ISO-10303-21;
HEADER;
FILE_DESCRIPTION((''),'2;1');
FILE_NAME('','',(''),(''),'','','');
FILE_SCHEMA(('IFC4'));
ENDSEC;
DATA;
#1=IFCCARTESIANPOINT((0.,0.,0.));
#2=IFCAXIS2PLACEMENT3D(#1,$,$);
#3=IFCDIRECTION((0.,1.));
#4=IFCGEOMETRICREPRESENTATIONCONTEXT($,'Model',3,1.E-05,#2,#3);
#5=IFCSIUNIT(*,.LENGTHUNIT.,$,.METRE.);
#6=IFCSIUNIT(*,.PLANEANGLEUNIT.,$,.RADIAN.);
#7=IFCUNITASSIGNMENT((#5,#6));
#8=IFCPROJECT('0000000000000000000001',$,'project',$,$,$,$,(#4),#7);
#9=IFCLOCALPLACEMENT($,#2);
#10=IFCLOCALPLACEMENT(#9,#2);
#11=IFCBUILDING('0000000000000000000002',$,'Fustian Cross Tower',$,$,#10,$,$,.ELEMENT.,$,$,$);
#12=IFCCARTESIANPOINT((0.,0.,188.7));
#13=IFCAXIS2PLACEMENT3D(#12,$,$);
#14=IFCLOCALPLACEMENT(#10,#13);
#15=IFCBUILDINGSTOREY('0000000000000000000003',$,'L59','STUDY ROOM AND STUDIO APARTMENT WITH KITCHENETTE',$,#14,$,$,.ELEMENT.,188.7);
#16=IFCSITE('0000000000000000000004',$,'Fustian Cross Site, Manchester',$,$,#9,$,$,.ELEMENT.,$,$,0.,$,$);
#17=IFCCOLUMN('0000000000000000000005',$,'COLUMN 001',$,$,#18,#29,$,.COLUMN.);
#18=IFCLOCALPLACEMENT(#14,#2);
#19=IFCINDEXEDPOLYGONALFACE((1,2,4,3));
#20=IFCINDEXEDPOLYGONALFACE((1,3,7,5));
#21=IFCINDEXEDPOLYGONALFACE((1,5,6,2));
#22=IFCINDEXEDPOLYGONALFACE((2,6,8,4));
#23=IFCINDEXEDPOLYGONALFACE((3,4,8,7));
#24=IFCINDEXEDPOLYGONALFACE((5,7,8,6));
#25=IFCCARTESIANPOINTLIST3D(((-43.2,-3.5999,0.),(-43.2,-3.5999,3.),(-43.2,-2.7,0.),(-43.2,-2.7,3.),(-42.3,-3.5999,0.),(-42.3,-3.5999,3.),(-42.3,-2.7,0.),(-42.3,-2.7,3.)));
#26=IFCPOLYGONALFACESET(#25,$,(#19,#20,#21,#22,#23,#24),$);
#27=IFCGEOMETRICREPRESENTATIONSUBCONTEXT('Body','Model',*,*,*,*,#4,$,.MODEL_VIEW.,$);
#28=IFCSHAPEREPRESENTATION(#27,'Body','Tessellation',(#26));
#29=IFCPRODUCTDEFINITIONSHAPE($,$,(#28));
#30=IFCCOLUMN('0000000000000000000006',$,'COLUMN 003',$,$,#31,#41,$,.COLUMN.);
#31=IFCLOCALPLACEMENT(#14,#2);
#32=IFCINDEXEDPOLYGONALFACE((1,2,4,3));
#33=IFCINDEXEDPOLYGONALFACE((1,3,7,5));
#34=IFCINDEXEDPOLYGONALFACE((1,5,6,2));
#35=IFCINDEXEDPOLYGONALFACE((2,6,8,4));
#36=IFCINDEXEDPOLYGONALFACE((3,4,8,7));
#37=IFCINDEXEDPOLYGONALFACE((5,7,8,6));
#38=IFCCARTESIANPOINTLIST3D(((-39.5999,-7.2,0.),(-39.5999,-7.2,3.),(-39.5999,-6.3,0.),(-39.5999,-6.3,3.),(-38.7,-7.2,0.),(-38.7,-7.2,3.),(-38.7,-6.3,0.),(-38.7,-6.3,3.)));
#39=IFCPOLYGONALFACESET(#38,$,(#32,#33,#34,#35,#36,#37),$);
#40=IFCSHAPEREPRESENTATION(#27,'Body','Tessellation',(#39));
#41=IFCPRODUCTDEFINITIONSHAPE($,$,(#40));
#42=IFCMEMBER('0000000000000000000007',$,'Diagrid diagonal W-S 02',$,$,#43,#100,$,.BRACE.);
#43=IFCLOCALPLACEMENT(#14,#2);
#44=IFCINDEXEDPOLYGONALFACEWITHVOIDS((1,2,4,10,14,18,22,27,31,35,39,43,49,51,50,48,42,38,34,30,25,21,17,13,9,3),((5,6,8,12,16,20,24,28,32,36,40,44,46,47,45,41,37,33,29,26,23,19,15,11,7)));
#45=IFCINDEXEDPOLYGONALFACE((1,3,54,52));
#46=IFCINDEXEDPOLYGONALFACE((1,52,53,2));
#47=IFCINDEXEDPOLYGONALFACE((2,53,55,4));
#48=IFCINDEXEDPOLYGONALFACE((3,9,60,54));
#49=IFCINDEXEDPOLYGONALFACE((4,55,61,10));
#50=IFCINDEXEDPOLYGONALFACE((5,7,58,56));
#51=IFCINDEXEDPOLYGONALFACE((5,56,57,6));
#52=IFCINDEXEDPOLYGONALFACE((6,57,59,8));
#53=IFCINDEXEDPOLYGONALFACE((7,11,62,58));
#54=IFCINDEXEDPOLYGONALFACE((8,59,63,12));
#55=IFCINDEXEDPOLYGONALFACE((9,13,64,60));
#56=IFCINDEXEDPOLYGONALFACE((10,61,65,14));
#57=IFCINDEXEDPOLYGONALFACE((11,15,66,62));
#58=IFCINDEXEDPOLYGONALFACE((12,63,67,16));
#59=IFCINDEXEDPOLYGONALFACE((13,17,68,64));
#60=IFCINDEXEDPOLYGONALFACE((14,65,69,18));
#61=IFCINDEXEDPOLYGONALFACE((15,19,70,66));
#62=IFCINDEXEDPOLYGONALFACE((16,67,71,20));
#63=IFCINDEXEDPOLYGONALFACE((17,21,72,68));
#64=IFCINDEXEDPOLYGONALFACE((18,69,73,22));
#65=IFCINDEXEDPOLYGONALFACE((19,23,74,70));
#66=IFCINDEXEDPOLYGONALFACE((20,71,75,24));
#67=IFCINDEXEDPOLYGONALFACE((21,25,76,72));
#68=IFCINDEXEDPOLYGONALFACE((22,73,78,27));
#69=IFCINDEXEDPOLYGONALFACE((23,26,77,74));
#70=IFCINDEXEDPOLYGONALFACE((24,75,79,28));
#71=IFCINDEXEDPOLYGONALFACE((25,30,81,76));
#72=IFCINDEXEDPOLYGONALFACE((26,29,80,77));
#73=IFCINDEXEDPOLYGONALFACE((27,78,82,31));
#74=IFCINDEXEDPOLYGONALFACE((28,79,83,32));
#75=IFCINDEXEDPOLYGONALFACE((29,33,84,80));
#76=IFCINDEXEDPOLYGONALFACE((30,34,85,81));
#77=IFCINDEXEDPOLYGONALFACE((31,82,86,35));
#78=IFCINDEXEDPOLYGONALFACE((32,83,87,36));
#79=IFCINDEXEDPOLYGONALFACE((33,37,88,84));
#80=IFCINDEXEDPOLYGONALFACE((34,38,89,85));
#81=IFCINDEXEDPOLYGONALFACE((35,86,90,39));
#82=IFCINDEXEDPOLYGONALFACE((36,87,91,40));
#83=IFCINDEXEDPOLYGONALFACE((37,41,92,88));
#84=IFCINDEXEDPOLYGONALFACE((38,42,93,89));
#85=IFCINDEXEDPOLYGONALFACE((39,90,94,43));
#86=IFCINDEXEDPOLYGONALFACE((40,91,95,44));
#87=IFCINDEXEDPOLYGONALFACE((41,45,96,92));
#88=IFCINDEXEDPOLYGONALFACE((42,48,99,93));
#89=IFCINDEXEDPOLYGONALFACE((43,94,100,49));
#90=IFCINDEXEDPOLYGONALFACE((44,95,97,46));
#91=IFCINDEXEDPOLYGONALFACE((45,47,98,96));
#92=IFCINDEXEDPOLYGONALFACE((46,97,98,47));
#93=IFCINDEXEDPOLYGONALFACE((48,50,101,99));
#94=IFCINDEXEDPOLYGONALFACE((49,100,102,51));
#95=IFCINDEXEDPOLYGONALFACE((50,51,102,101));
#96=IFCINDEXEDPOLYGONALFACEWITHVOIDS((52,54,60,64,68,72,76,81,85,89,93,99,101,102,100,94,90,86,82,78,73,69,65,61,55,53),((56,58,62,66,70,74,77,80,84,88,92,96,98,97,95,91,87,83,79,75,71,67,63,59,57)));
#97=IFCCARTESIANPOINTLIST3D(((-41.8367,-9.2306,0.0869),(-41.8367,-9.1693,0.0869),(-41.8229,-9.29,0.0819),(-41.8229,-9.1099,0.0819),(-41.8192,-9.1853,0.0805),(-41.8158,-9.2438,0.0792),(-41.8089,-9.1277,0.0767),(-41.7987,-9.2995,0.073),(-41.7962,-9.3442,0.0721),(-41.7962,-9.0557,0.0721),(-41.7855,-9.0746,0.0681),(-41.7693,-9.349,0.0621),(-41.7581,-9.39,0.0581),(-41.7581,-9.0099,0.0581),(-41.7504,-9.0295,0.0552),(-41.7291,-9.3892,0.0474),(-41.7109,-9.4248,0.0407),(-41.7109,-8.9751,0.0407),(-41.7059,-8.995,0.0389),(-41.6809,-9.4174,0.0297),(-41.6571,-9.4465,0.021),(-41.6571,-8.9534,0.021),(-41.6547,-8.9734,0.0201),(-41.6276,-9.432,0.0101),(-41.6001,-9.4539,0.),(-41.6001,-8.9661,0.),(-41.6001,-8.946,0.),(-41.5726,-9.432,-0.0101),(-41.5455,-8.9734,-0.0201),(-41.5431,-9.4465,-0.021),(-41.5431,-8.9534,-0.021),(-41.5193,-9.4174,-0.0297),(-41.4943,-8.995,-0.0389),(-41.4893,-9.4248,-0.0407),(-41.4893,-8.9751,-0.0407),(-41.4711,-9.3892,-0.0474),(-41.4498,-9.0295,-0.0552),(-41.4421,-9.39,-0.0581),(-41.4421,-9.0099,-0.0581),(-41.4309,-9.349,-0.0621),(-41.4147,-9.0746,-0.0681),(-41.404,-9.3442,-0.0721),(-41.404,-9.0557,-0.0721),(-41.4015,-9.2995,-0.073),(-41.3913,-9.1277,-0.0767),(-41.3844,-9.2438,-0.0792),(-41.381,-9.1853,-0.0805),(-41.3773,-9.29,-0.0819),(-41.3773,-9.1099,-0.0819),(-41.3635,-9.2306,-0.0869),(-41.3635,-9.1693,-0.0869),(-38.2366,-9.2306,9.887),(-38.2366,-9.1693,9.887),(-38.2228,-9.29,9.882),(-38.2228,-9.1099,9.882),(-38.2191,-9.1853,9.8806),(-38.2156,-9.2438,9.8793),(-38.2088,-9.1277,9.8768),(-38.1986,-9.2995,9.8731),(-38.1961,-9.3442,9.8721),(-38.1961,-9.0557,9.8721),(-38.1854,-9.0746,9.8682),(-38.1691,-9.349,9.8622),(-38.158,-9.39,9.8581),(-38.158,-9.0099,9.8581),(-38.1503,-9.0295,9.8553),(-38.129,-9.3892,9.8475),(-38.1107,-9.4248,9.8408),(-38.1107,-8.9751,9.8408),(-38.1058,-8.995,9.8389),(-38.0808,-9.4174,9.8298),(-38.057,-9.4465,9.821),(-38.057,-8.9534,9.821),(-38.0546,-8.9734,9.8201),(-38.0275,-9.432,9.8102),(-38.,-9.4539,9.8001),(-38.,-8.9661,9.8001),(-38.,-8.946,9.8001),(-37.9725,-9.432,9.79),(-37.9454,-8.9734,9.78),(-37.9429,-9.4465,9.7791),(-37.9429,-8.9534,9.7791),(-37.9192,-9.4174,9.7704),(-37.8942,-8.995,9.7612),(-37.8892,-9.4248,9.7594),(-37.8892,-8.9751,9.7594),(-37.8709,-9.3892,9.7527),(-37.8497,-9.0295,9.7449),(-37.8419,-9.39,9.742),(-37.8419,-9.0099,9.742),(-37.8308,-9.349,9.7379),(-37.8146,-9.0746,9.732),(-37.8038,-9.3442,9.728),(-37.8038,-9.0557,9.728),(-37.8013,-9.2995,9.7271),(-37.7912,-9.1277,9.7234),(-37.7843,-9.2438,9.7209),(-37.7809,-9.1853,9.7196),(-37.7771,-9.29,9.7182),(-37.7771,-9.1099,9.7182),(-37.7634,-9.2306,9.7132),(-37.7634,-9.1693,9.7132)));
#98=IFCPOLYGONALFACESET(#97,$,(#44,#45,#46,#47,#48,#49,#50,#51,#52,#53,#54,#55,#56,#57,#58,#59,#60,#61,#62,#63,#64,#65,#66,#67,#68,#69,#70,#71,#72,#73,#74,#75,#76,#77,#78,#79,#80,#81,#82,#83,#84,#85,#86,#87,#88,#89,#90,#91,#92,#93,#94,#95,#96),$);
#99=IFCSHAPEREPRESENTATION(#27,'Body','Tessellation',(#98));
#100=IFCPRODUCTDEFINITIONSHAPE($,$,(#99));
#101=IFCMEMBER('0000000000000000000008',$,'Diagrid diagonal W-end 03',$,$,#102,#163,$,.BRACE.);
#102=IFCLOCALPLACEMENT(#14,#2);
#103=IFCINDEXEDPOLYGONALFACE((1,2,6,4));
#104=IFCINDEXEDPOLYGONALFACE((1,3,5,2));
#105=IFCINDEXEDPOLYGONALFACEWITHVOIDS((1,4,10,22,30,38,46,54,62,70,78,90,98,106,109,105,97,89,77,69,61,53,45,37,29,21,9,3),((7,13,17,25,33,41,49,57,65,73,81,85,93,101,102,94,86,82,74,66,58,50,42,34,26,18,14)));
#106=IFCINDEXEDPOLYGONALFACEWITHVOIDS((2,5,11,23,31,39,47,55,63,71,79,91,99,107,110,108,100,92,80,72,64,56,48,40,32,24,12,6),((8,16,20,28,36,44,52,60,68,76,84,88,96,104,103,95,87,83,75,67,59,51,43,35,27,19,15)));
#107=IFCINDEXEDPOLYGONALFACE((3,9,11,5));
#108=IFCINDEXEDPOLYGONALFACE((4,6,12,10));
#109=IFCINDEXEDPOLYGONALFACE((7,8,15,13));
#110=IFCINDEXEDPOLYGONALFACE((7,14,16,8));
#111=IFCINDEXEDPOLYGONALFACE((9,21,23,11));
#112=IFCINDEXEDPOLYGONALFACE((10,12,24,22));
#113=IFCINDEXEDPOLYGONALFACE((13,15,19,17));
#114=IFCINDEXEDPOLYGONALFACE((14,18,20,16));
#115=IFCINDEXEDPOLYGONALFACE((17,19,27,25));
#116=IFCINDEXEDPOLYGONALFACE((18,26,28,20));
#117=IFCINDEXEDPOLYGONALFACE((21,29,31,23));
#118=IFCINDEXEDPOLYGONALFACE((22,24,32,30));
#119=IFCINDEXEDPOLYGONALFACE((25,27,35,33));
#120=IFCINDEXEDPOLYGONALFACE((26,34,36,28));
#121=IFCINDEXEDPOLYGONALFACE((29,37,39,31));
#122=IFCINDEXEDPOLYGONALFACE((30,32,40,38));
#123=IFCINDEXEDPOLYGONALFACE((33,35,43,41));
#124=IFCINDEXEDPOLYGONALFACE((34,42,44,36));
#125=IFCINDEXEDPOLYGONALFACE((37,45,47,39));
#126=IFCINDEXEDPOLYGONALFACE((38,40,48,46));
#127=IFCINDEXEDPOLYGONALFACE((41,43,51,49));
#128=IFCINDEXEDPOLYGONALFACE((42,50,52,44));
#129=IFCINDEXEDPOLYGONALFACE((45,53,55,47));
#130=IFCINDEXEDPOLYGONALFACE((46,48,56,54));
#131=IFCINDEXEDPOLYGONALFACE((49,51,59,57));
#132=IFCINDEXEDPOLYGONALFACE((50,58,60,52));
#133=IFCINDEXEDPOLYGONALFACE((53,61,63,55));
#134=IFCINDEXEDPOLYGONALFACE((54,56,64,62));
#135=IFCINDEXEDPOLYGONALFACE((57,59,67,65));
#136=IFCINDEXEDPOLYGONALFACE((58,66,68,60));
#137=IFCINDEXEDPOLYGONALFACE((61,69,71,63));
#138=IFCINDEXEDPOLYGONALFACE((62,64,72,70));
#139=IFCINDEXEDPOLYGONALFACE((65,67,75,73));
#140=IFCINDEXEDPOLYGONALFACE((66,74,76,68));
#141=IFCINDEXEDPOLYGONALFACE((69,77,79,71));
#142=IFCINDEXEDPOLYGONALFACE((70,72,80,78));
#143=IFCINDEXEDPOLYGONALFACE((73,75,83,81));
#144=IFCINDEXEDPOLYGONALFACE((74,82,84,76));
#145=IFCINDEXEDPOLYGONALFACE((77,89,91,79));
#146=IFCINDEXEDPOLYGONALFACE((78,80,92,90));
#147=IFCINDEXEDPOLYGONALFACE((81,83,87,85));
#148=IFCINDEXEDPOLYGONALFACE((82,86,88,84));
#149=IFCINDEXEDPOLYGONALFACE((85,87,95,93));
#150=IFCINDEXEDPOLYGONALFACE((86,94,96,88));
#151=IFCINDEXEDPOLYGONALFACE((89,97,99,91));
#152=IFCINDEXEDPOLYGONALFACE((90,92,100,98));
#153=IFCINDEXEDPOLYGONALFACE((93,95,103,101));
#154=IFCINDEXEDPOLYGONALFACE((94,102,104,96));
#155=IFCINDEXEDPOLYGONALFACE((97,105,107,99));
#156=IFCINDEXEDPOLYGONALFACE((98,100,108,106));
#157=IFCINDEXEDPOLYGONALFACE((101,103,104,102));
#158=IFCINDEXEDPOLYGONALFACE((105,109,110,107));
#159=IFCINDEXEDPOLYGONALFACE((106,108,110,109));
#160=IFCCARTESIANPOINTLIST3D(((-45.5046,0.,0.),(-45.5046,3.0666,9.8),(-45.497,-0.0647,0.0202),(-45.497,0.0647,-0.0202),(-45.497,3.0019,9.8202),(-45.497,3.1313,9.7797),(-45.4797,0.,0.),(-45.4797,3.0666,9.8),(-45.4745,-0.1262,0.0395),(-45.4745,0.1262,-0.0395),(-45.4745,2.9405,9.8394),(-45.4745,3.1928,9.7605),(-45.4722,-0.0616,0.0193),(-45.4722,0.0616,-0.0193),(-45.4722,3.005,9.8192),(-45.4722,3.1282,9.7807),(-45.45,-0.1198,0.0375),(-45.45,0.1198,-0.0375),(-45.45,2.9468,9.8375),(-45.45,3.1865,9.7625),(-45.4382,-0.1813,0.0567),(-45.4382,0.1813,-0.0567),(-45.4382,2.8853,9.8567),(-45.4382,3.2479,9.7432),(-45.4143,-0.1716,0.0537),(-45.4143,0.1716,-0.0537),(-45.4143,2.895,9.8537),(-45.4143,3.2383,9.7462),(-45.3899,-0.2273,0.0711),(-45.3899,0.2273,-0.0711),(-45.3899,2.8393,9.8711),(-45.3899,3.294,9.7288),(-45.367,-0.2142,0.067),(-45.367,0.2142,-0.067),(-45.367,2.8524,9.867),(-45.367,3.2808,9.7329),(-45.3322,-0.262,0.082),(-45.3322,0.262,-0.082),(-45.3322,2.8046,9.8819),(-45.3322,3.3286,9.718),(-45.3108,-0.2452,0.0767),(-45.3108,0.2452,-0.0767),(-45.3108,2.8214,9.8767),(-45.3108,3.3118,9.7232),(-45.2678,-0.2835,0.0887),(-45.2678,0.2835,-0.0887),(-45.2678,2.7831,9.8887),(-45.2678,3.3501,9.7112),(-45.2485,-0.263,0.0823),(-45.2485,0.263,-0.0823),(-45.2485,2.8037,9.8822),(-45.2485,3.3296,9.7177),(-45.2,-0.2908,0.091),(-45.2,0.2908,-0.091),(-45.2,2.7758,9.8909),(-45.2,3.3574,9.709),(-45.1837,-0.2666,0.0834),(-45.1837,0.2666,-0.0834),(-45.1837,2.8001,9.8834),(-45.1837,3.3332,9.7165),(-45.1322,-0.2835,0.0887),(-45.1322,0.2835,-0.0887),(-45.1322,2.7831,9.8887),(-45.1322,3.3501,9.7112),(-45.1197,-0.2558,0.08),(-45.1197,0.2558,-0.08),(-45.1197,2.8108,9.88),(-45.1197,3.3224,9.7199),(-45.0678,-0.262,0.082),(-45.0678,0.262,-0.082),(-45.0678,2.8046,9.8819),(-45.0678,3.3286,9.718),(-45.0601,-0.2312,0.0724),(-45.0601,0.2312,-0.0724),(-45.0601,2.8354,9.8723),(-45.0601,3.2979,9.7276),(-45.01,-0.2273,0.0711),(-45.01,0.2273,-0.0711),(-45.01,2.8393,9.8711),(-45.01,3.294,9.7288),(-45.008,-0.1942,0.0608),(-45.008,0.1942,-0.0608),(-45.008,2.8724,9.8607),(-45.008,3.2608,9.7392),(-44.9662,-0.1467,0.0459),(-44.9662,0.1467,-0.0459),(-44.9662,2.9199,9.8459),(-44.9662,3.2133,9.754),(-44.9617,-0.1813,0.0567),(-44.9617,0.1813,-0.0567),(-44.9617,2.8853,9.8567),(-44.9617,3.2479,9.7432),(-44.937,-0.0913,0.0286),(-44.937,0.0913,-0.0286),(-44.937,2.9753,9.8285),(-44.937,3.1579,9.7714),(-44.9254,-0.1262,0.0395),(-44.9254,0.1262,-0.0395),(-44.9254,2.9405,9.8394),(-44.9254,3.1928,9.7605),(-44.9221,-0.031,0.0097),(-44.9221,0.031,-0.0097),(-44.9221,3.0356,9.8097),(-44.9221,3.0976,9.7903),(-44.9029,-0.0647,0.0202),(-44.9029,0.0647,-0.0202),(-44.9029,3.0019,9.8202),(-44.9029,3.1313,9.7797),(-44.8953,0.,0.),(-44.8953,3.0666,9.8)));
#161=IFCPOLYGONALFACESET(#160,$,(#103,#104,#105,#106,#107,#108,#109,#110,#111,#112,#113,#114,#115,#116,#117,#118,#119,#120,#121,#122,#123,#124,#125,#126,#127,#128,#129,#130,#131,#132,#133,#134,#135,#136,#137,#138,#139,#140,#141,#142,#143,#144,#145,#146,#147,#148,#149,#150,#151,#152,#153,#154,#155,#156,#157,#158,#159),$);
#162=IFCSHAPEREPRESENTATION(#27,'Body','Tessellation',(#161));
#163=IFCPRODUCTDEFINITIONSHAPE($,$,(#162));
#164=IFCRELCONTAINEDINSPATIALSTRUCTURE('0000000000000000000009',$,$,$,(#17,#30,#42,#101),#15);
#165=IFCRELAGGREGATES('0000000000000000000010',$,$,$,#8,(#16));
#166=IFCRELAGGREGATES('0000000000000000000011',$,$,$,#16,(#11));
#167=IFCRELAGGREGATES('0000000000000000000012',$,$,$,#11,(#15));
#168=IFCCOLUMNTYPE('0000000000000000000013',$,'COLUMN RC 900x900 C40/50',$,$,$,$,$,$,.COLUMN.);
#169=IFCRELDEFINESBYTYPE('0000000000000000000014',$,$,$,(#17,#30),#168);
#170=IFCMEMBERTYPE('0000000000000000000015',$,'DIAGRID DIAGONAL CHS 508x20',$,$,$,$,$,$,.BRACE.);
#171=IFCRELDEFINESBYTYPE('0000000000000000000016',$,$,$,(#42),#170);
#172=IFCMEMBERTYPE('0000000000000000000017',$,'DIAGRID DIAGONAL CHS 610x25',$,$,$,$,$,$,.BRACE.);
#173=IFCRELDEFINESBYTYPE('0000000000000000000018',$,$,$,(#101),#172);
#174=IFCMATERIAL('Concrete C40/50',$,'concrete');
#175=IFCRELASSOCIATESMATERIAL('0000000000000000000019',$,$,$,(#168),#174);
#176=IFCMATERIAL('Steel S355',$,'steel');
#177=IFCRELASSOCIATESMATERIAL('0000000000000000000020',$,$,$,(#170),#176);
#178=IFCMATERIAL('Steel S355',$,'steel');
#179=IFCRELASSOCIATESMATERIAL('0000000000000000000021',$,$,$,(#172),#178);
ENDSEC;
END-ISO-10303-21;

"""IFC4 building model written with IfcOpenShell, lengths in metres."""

from ifc_helpers import new_model, si_unit, direction, frame, origin, origin_2d, place, context, subcontext, project, spatial, rectangle, hollow_circle, extrude, material, material_profile, profile_set, type_object, element, save


model = new_model("IFC4")

# Units and contexts
model_context = context("Model", 3, precision=1e-05, world=origin(), true_north=direction((0.0, 1.0)))
body_context = subcontext(model_context, "Body", "Model", "MODEL_VIEW")
ifc_project = project(units=[si_unit("LENGTHUNIT", "METRE"), si_unit("PLANEANGLEUNIT", "RADIAN")], contexts=[model_context])

# Site, building, storey
site_placement = place(None, origin())
site = spatial("IfcSite", under=ifc_project, at=site_placement, Name="Fustian Cross Site, Manchester", CompositionType="ELEMENT", RefElevation=0.0)
building_placement = place(site_placement, origin())
building = spatial("IfcBuilding", under=site, at=building_placement, Name="Fustian Cross Tower", CompositionType="ELEMENT")
storey_placement = place(building_placement, frame((0.0, 0.0, 188.7)))
storey = spatial("IfcBuildingStorey", under=building, at=storey_placement, Name="L59", Description="STUDY ROOM AND STUDIO APARTMENT WITH KITCHENETTE", CompositionType="ELEMENT", Elevation=188.7)

# Columns
ifc_material_1 = material(Name="Concrete C40/50", Category="concrete")
ifc_material_profile_1 = material_profile(ifc_material_1, rectangle(XDim=0.8999, YDim=0.8999, at=origin_2d()), Name="RC 900x900")
ifc_profile_set_1 = profile_set([ifc_material_profile_1], Name="Concrete C40/50")
column_type = type_object("IfcColumnType", Name="COLUMN RC 900x900 C40/50", PredefinedType="COLUMN", material=ifc_profile_set_1)
for number, where, z_axis, x_axis, name in (
    (1, (-42.75, -3.1499, 0.0), (0.0, 0.0, 1.0), (1.0, 0.0, 0.0), "COLUMN 001"),
    (2, (-39.1499, -6.75, 0.0), (0.0, 0.0, 1.0), (1.0, 0.0, 0.0), "COLUMN 003"),
):
    element("IfcColumn", number, at=place(storey_placement, frame(where, z_axis=z_axis, x_axis=x_axis)), inside=storey, type_object=column_type, Name=name, PredefinedType="COLUMN", context=body_context, shape_type="SweptSolid", body=[
        extrude(rectangle(XDim=0.8999, YDim=0.8999, at=origin_2d()), origin(), (0.0, 0.0, 1.0), 3.0),
    ])

# Members
ifc_material_2 = material(Name="Steel S355", Category="steel")
ifc_material_profile_2 = material_profile(ifc_material_2, hollow_circle(Radius=0.2539, WallThickness=0.02, at=origin_2d()), Name="CHS 508x20")
ifc_profile_set_2 = profile_set([ifc_material_profile_2], Name="Steel S355")
member_type_1 = type_object("IfcMemberType", Name="DIAGRID DIAGONAL CHS 508x20", PredefinedType="BRACE", material=ifc_profile_set_2)
member_1_placement = place(storey_placement, frame((-41.6001, -9.2, 0.0), z_axis=(0.344824, 0.0, 0.938667), x_axis=(0.0, 1.0, 0.0)))
element("IfcMember", 3, at=member_1_placement, inside=storey, type_object=member_type_1, Name="Diagrid diagonal W-S 02", PredefinedType="BRACE", context=body_context, shape_type="SweptSolid", body=[
    extrude(hollow_circle(Radius=0.2539, WallThickness=0.02, at=origin_2d()), origin(), (0.0, 0.0, 1.0), 10.4404),
])
ifc_material_3 = material(Name="Steel S355", Category="steel")
ifc_material_profile_3 = material_profile(ifc_material_3, hollow_circle(Radius=0.3047, WallThickness=0.0249, at=origin_2d()), Name="CHS 610x25")
ifc_profile_set_3 = profile_set([ifc_material_profile_3], Name="Steel S355")
member_type_2 = type_object("IfcMemberType", Name="DIAGRID DIAGONAL CHS 610x25", PredefinedType="BRACE", material=ifc_profile_set_3)
for number, where, z_axis, x_axis, name in (
    (4, (-45.2, 0.0, 0.0), (0.0, 0.298642, 0.954365), (-1.0, 0.0, 0.0), "Diagrid diagonal W-end 03"),
):
    element("IfcMember", number, at=place(storey_placement, frame(where, z_axis=z_axis, x_axis=x_axis)), inside=storey, type_object=member_type_2, Name=name, PredefinedType="BRACE", context=body_context, shape_type="SweptSolid", body=[
        extrude(hollow_circle(Radius=0.3047, WallThickness=0.0249, at=origin_2d()), origin(), (0.0, 0.0, 1.0), 10.2686),
    ])

save(model, "model.ifc")
